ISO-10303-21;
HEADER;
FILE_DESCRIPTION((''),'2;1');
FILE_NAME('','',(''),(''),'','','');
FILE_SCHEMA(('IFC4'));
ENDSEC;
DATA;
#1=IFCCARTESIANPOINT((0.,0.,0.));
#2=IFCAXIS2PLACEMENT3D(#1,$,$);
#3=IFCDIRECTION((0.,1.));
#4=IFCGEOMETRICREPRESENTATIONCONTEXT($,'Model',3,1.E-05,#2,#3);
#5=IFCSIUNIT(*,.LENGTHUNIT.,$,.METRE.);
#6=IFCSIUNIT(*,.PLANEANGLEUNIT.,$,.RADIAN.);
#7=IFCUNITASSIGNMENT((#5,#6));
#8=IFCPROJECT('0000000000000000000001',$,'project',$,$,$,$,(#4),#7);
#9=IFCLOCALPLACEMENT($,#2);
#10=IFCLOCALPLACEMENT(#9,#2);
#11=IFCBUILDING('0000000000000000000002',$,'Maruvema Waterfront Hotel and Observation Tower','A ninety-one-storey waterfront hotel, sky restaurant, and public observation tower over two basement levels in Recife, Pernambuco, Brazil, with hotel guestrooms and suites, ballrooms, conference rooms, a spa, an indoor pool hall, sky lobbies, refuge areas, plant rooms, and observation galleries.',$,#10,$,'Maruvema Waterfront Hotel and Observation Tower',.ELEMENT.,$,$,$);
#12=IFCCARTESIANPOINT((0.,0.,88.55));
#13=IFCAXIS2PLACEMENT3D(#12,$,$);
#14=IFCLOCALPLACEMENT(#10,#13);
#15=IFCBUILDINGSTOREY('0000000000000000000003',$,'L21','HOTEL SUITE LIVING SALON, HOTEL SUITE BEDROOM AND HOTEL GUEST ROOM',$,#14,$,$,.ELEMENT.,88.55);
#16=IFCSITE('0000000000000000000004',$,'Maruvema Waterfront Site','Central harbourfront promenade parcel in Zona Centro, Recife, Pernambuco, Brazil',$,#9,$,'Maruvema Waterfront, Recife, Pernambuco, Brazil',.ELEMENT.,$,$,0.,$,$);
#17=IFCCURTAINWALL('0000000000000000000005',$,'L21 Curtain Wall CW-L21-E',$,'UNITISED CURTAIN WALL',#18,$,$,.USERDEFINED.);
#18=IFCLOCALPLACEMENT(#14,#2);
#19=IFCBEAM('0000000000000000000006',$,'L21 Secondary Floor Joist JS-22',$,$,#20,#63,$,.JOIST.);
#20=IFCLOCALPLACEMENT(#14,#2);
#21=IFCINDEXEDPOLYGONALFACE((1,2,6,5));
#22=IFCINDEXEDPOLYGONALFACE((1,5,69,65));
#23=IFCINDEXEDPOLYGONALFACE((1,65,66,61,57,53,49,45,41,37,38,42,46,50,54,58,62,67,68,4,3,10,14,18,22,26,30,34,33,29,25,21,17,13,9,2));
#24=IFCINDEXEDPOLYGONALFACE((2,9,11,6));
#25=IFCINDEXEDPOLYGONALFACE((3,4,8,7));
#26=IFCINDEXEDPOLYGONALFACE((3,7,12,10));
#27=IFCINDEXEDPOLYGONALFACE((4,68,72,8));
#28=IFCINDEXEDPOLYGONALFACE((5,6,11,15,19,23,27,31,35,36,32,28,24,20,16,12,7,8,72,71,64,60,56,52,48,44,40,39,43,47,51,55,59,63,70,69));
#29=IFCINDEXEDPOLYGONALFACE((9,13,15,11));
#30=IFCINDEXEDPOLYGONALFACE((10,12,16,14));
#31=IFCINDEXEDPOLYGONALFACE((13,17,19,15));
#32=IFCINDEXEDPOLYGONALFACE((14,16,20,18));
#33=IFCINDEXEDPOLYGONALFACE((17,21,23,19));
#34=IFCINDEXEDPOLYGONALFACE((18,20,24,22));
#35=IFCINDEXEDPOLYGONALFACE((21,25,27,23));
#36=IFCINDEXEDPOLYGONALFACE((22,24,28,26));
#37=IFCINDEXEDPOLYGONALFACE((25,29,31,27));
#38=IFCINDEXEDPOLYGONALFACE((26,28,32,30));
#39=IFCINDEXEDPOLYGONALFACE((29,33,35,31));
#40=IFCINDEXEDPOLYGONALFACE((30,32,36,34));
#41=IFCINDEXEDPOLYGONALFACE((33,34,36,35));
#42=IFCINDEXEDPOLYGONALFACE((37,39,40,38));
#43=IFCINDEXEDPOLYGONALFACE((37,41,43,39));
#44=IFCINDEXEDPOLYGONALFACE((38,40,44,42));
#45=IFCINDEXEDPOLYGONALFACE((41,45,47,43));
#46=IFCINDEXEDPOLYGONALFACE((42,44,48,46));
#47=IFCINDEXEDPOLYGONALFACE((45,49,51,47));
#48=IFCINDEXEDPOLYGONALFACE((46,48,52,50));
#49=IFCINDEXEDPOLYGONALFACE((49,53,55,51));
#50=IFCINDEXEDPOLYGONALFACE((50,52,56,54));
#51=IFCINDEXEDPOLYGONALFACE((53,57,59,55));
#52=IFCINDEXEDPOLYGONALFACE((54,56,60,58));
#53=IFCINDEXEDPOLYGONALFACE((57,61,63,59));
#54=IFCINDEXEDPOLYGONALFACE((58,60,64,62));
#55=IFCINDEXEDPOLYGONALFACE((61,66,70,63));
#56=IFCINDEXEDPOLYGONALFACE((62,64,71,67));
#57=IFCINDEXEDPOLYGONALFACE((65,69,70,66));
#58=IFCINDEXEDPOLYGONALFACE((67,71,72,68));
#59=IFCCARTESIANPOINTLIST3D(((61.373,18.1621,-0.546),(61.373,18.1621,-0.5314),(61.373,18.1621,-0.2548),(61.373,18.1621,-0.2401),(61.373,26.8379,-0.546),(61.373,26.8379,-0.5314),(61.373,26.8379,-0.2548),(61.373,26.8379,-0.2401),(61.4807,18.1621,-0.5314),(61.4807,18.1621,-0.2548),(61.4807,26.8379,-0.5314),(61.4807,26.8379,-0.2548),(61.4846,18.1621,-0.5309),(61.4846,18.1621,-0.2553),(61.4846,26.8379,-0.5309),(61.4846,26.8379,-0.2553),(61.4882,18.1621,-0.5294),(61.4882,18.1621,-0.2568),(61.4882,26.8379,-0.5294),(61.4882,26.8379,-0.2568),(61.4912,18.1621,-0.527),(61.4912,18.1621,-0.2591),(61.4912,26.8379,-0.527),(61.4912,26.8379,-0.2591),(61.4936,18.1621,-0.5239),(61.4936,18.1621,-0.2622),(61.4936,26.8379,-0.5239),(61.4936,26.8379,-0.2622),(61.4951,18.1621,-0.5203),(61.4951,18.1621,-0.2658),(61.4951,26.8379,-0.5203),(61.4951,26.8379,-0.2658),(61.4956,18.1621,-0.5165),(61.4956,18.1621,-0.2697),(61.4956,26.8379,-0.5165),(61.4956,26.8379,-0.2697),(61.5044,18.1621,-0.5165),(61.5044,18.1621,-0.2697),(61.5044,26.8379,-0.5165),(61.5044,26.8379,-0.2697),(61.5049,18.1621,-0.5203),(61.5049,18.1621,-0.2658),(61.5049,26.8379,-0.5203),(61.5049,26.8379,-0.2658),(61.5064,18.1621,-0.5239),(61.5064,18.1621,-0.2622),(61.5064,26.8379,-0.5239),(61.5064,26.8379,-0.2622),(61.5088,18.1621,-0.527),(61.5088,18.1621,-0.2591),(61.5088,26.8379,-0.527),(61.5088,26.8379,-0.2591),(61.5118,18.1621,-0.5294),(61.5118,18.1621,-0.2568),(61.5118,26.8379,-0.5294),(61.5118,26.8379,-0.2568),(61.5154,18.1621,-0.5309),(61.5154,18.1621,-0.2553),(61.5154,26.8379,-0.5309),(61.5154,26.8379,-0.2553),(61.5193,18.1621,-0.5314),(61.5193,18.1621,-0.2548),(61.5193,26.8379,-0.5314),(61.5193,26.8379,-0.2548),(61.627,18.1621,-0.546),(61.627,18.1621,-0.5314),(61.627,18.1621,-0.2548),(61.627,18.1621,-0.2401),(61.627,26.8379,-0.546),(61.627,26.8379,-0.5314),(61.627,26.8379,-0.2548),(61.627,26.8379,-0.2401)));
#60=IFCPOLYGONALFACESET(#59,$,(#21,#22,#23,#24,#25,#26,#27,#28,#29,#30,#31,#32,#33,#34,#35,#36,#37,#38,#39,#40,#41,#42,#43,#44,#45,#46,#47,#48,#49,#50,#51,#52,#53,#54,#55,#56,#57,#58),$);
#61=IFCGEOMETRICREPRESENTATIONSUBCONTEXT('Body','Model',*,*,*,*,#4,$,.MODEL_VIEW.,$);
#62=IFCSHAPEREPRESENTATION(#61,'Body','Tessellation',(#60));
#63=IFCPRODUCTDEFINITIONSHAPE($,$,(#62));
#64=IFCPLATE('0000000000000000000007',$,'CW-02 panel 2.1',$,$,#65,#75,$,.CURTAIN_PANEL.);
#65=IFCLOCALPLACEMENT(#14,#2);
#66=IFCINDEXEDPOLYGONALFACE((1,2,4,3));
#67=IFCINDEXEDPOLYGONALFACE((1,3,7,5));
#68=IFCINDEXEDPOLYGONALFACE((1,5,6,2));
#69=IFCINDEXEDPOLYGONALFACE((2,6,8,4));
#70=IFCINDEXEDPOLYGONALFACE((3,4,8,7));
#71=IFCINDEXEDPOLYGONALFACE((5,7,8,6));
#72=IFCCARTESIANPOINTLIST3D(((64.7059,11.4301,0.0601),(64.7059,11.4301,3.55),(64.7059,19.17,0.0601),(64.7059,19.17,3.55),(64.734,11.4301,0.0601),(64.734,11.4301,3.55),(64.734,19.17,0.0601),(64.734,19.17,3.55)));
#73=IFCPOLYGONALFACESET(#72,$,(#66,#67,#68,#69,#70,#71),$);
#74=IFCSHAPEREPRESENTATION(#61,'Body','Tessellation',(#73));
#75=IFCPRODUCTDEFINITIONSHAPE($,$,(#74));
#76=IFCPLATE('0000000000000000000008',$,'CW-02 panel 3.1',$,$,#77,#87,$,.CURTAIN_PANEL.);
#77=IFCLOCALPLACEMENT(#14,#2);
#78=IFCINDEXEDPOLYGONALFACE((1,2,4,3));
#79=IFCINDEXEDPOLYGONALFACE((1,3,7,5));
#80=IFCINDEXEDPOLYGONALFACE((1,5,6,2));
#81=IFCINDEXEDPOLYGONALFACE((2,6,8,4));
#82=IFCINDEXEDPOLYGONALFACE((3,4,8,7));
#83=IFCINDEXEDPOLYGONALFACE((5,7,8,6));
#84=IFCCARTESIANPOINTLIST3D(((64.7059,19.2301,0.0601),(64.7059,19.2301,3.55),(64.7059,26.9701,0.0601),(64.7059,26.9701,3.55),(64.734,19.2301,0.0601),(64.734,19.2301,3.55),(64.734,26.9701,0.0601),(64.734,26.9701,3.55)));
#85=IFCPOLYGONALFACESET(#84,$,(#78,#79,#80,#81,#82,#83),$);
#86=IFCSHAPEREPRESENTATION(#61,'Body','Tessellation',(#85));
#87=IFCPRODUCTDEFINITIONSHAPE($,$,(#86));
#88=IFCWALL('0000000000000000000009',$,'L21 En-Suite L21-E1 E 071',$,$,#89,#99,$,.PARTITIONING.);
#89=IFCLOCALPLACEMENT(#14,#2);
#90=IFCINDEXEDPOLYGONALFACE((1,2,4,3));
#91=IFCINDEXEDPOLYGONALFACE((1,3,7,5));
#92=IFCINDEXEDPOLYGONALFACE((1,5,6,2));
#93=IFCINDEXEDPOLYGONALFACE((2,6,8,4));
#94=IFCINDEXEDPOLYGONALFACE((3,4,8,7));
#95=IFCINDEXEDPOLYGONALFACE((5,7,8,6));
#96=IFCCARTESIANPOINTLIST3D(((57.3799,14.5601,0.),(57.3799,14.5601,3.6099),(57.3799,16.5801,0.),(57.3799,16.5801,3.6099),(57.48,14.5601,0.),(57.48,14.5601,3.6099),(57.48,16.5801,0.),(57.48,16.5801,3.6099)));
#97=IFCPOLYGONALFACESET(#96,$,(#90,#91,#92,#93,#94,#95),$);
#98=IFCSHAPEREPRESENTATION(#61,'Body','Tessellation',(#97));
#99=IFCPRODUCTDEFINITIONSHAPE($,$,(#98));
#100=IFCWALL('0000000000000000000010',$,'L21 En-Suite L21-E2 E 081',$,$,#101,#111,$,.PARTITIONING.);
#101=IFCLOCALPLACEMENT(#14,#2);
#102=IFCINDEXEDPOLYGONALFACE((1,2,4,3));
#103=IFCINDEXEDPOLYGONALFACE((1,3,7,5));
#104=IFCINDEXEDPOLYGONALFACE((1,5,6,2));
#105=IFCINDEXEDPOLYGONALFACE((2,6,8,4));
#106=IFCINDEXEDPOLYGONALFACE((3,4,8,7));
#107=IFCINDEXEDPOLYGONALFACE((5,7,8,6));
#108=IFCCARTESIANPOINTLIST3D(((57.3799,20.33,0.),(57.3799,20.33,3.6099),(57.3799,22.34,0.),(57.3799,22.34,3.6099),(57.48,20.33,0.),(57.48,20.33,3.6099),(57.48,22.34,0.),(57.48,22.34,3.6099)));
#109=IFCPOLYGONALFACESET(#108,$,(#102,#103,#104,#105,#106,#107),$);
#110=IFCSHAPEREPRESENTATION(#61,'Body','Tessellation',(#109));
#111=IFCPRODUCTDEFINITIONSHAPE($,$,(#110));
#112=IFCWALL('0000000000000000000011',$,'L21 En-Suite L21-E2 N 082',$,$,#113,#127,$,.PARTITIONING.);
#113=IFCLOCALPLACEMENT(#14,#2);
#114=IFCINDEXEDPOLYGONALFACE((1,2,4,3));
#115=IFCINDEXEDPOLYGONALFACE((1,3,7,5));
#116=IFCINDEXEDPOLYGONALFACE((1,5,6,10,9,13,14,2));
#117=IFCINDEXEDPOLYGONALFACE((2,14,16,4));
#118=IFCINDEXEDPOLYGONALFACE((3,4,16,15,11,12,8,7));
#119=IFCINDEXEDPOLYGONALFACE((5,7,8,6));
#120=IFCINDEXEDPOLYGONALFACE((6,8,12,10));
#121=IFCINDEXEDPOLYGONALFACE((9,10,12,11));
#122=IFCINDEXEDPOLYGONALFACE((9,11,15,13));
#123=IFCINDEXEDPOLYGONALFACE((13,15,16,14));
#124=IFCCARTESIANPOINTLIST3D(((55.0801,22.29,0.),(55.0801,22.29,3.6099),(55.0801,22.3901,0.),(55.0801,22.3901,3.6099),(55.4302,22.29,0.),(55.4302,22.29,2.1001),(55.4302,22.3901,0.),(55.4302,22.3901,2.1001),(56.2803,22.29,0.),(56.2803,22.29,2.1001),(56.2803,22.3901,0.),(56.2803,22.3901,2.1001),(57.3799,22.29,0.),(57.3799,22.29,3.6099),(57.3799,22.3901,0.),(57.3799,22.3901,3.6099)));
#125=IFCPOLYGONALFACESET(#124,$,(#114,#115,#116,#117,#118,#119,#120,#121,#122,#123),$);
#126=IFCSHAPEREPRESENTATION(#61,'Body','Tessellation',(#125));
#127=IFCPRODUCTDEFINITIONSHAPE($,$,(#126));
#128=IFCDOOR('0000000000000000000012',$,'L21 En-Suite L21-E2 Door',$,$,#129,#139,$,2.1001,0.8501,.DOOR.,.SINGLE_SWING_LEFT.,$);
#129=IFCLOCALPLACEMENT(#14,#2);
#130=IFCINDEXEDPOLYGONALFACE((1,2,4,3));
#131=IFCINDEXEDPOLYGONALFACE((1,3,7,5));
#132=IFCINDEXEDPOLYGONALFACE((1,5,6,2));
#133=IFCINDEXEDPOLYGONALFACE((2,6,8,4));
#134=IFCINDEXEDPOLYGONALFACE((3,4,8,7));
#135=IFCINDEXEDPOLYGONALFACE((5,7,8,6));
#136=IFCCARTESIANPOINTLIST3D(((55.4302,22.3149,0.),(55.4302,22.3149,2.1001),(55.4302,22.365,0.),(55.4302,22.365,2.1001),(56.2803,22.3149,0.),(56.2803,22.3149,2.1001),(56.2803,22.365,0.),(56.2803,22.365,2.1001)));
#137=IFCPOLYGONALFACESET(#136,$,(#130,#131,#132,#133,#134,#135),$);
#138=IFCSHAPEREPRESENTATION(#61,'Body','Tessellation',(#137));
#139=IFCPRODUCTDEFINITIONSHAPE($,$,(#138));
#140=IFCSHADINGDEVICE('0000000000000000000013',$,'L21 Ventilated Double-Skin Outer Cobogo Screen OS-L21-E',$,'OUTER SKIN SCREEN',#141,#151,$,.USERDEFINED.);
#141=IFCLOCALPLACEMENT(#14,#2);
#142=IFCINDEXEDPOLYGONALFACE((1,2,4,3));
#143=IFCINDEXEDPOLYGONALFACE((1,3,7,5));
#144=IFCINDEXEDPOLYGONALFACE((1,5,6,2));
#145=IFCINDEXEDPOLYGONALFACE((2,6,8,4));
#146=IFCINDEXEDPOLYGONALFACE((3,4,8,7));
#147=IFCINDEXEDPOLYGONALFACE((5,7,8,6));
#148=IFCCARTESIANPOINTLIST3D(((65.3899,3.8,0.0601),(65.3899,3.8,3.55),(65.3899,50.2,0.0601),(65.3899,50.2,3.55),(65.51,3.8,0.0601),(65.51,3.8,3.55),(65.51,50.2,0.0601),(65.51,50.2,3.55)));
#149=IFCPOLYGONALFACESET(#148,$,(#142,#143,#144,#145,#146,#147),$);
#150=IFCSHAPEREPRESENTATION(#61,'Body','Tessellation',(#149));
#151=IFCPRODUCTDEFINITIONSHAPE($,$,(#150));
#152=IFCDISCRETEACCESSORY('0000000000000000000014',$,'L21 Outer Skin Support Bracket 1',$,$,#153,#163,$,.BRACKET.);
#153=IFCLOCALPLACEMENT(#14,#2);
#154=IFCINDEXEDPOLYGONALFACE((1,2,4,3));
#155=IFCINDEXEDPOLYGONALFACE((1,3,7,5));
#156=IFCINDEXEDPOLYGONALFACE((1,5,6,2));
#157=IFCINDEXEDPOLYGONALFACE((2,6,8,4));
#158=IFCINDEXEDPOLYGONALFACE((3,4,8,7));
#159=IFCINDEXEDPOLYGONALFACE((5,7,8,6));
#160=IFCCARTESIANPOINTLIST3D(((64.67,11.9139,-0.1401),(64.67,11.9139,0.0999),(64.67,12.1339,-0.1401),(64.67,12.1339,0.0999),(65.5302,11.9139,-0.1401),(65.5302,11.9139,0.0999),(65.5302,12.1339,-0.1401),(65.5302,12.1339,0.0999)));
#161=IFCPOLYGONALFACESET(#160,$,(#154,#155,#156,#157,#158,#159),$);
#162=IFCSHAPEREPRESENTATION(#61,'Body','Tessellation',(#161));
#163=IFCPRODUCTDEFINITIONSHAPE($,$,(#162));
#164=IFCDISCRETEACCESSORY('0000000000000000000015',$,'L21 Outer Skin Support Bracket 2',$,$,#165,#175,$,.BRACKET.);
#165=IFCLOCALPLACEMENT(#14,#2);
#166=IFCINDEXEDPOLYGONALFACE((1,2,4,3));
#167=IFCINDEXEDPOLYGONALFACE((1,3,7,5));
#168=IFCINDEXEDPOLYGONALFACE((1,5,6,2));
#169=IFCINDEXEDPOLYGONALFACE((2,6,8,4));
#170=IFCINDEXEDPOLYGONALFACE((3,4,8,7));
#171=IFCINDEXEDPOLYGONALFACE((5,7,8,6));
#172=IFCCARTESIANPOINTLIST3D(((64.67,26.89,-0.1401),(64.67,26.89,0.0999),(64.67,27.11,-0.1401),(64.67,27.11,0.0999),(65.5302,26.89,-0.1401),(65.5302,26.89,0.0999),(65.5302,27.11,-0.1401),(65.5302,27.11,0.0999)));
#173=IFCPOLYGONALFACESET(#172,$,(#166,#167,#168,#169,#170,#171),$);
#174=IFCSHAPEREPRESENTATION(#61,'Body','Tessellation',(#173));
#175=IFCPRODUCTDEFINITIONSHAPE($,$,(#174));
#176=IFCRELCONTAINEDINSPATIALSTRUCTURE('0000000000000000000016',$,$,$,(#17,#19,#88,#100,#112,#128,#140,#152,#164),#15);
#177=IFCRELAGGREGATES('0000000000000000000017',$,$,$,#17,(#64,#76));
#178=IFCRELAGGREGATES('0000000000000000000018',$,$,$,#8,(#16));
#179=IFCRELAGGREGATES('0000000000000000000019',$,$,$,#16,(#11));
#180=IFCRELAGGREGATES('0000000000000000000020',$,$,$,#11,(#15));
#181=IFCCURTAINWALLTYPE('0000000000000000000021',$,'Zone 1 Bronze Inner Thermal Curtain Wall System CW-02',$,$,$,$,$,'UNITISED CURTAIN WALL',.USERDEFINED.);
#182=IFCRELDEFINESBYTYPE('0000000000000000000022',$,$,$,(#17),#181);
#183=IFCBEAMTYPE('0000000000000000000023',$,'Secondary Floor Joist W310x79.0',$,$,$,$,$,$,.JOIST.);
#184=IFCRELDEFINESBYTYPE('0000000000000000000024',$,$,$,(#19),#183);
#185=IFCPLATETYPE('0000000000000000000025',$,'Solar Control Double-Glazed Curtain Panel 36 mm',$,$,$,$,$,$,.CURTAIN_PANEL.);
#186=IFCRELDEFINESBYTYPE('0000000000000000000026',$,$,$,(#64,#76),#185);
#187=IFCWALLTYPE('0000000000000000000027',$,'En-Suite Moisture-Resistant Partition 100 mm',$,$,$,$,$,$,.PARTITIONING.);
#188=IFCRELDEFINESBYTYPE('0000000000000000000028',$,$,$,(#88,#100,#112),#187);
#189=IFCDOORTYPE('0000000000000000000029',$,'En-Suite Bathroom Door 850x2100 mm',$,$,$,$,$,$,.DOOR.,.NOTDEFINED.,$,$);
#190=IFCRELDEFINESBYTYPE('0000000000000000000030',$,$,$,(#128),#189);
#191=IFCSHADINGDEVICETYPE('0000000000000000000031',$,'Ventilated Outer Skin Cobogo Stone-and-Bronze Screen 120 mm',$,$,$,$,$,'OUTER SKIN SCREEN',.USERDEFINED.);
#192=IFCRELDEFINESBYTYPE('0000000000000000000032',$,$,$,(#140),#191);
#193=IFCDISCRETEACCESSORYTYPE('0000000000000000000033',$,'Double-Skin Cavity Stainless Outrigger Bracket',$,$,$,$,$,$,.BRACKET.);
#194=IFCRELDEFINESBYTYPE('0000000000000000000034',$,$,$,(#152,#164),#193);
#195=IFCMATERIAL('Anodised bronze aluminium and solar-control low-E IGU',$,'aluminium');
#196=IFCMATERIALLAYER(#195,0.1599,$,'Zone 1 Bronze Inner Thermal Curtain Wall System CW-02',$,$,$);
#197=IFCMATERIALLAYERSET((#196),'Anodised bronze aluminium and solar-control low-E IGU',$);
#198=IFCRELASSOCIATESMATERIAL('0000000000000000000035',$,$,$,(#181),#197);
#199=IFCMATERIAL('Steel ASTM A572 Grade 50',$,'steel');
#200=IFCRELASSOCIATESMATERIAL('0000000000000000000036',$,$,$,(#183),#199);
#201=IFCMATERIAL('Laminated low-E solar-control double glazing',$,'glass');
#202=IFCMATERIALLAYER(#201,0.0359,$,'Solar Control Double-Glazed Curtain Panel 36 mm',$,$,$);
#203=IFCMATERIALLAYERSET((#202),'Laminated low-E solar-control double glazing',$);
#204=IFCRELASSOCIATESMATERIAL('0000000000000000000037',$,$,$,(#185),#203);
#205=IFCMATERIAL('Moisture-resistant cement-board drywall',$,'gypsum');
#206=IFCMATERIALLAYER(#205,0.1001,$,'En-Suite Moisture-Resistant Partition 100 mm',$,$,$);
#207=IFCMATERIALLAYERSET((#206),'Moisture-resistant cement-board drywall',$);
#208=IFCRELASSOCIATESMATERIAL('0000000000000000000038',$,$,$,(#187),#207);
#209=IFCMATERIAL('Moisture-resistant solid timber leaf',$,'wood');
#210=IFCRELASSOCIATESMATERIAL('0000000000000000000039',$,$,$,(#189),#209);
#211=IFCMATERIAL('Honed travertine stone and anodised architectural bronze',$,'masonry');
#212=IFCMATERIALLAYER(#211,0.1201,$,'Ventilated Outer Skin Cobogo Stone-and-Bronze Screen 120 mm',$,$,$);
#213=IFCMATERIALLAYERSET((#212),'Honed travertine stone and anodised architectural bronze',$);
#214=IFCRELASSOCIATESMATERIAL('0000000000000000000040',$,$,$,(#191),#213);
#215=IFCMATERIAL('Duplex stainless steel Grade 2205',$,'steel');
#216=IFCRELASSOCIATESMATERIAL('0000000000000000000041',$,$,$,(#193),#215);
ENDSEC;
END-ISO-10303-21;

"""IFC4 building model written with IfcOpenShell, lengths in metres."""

from ifc_helpers import new_model, si_unit, direction, frame, frame_2d, origin, origin_2d, place, context, subcontext, project, spatial, rectangle, i_section, extrude, material, layer, layer_set, material_profile, profile_set, type_object, element, fill, aggregate, save


model = new_model("IFC4")

# Units and contexts
model_context = context("Model", 3, precision=1e-05, world=origin(), true_north=direction((0.0, 1.0)))
body_context = subcontext(model_context, "Body", "Model", "MODEL_VIEW")
ifc_project = project(units=[si_unit("LENGTHUNIT", "METRE"), si_unit("PLANEANGLEUNIT", "RADIAN")], contexts=[model_context])

# Site, building, storey
site_placement = place(None, origin())
site = spatial("IfcSite", under=ifc_project, at=site_placement, Name="Maruvema Waterfront Site", Description="Central harbourfront promenade parcel in Zona Centro, Recife, Pernambuco, Brazil", LongName="Maruvema Waterfront, Recife, Pernambuco, Brazil", CompositionType="ELEMENT", RefElevation=0.0)
building_placement = place(site_placement, origin())
building = spatial("IfcBuilding", under=site, at=building_placement, Name="Maruvema Waterfront Hotel and Observation Tower", Description="A ninety-one-storey waterfront hotel, sky restaurant, and public observation tower over two basement levels in Recife, Pernambuco, Brazil, with hotel guestrooms and suites, ballrooms, conference rooms, a spa, an indoor pool hall, sky lobbies, refuge areas, plant rooms, and observation galleries.", LongName="Maruvema Waterfront Hotel and Observation Tower", CompositionType="ELEMENT")
storey_placement = place(building_placement, frame((0.0, 0.0, 88.55)))
storey = spatial("IfcBuildingStorey", under=building, at=storey_placement, Name="L21", Description="HOTEL SUITE LIVING SALON, HOTEL SUITE BEDROOM AND HOTEL GUEST ROOM", CompositionType="ELEMENT", Elevation=88.55)

# Curtain wall
ifc_material_1 = material(Name="Anodised bronze aluminium and solar-control low-E IGU", Category="aluminium")
ifc_layer_1 = layer(ifc_material_1, 0.1599, Name="Zone 1 Bronze Inner Thermal Curtain Wall System CW-02")
ifc_layer_set_1 = layer_set([ifc_layer_1], Name="Anodised bronze aluminium and solar-control low-E IGU")
curtain_wall_type = type_object("IfcCurtainWallType", Name="Zone 1 Bronze Inner Thermal Curtain Wall System CW-02", ElementType="UNITISED CURTAIN WALL", PredefinedType="USERDEFINED", material=ifc_layer_set_1)
curtain_wall_placement = place(storey_placement, origin())
curtain_wall = element("IfcCurtainWall", 1, at=curtain_wall_placement, inside=storey, type_object=curtain_wall_type, Name="L21 Curtain Wall CW-L21-E", ObjectType="UNITISED CURTAIN WALL", PredefinedType="USERDEFINED")

# Beam
ifc_material_2 = material(Name="Steel ASTM A572 Grade 50", Category="steel")
ifc_material_profile_1 = material_profile(ifc_material_2, i_section(OverallWidth=0.2539, OverallDepth=0.3059, WebThickness=0.0088, FlangeThickness=0.0146, FilletRadius=0.0149, at=origin_2d()), Name="W310x79.0")
ifc_profile_set_1 = profile_set([ifc_material_profile_1], Name="Steel ASTM A572 Grade 50")
beam_type_1 = type_object("IfcBeamType", Name="Secondary Floor Joist W310x79.0", PredefinedType="JOIST", material=ifc_profile_set_1)
beam_1_placement = place(storey_placement, frame((61.5, 18.1621, -0.3931), z_axis=(0.0, 1.0, 0.0), x_axis=(-1.0, 0.0, 0.0)))
element("IfcBeam", 2, at=beam_1_placement, inside=storey, type_object=beam_type_1, Name="L21 Secondary Floor Joist JS-22", PredefinedType="JOIST", context=body_context, shape_type="SweptSolid", body=[
    extrude(i_section(OverallWidth=0.2539, OverallDepth=0.3059, WebThickness=0.0088, FlangeThickness=0.0146, FilletRadius=0.0149, at=origin_2d()), origin(), (0.0, 0.0, 1.0), 8.6758),
])

# Plates
ifc_material_3 = material(Name="Laminated low-E solar-control double glazing", Category="glass")
ifc_layer_2 = layer(ifc_material_3, 0.0359, Name="Solar Control Double-Glazed Curtain Panel 36 mm")
ifc_layer_set_2 = layer_set([ifc_layer_2], Name="Laminated low-E solar-control double glazing")
plate_type = type_object("IfcPlateType", Name="Solar Control Double-Glazed Curtain Panel 36 mm", PredefinedType="CURTAIN_PANEL", material=ifc_layer_set_2)
plate_1_placement = place(storey_placement, frame((64.72, 15.3, 0.0601), z_axis=(0.0, 0.0, 1.0), x_axis=(0.0, 1.0, 0.0)))
plate_1 = element("IfcPlate", 3, at=plate_1_placement, type_object=plate_type, Name="CW-02 panel 2.1", PredefinedType="CURTAIN_PANEL", context=body_context, shape_type="SweptSolid", body=[
    extrude(rectangle(XDim=7.74, YDim=0.0281, at=origin_2d()), origin(), (0.0, 0.0, 1.0), 3.49),
])
plate_2_placement = place(storey_placement, frame((64.72, 23.1001, 0.0601), z_axis=(0.0, 0.0, 1.0), x_axis=(0.0, 1.0, 0.0)))
plate_2 = element("IfcPlate", 4, at=plate_2_placement, type_object=plate_type, Name="CW-02 panel 3.1", PredefinedType="CURTAIN_PANEL", context=body_context, shape_type="SweptSolid", body=[
    extrude(rectangle(XDim=7.74, YDim=0.0281, at=origin_2d()), origin(), (0.0, 0.0, 1.0), 3.49),
])
aggregate(curtain_wall, [plate_1, plate_2])

# Walls
ifc_material_4 = material(Name="Moisture-resistant cement-board drywall", Category="gypsum")
ifc_layer_3 = layer(ifc_material_4, 0.1001, Name="En-Suite Moisture-Resistant Partition 100 mm")
ifc_layer_set_3 = layer_set([ifc_layer_3], Name="Moisture-resistant cement-board drywall")
wall_type = type_object("IfcWallType", Name="En-Suite Moisture-Resistant Partition 100 mm", PredefinedType="PARTITIONING", material=ifc_layer_set_3)
wall_1_placement = place(storey_placement, frame((57.4299, 14.5601, 0.0), z_axis=(0.0, 0.0, 1.0), x_axis=(0.0, 1.0, 0.0)))
element("IfcWall", 5, at=wall_1_placement, inside=storey, type_object=wall_type, Name="L21 En-Suite L21-E1 E 071", PredefinedType="PARTITIONING", context=body_context, shape_type="SweptSolid", body=[
    extrude(rectangle(XDim=2.02, YDim=0.1001, at=frame_2d((1.01, 0.0))), origin(), (0.0, 0.0, 1.0), 3.6099),
])
wall_2_placement = place(storey_placement, frame((57.4299, 20.3301, 0.0), z_axis=(0.0, 0.0, 1.0), x_axis=(0.0, 1.0, 0.0)))
element("IfcWall", 6, at=wall_2_placement, inside=storey, type_object=wall_type, Name="L21 En-Suite L21-E2 E 081", PredefinedType="PARTITIONING", context=body_context, shape_type="SweptSolid", body=[
    extrude(rectangle(XDim=2.01, YDim=0.1001, at=frame_2d((1.0049, 0.0))), origin(), (0.0, 0.0, 1.0), 3.6099),
])

# Wall, opening, door
wall_3_placement = place(storey_placement, frame((55.0801, 22.3401, 0.0), z_axis=(0.0, 0.0, 1.0), x_axis=(1.0, 0.0, 0.0)))
wall_3 = element("IfcWall", 7, at=wall_3_placement, inside=storey, type_object=wall_type, Name="L21 En-Suite L21-E2 N 082", PredefinedType="PARTITIONING", context=body_context, shape_type="SweptSolid", body=[
    extrude(rectangle(XDim=2.2998, YDim=0.1001, at=frame_2d((1.1499, 0.0))), origin(), (0.0, 0.0, 1.0), 3.6099),
])
opening_placement = place(wall_3_placement, frame((0.3501, 0.0, 0.0)))
opening = element("IfcOpeningElement", 8, at=opening_placement, cuts=wall_3, PredefinedType="OPENING", context=body_context, shape_type="SweptSolid", body=[
    extrude(rectangle(XDim=0.8501, YDim=2.1001, at=frame_2d((0.425, 1.05))), frame((0.0, 0.0601, 0.0), z_axis=(0.0, -1.0, 0.0), x_axis=(1.0, 0.0, 0.0)), (0.0, 0.0, 1.0), 0.1201),
])
ifc_material_5 = material(Name="Moisture-resistant solid timber leaf", Category="wood")
door_type = type_object("IfcDoorType", Name="En-Suite Bathroom Door 850x2100 mm", OperationType="NOTDEFINED", PredefinedType="DOOR", material=ifc_material_5)
door_placement = place(opening_placement, origin())
door = element("IfcDoor", 9, at=door_placement, inside=storey, type_object=door_type, Name="L21 En-Suite L21-E2 Door", OperationType="SINGLE_SWING_LEFT", OverallHeight=2.1001, OverallWidth=0.8501, PredefinedType="DOOR", context=body_context, shape_type="SweptSolid", body=[
    extrude(rectangle(XDim=0.8501, YDim=2.1001, at=frame_2d((0.425, 1.05))), frame((0.0, 0.0249, 0.0), z_axis=(0.0, -1.0, 0.0), x_axis=(1.0, 0.0, 0.0)), (0.0, 0.0, 1.0), 0.05),
])
fill(opening, door)

# Shading device
ifc_material_6 = material(Name="Honed travertine stone and anodised architectural bronze", Category="masonry")
ifc_layer_4 = layer(ifc_material_6, 0.1201, Name="Ventilated Outer Skin Cobogo Stone-and-Bronze Screen 120 mm")
ifc_layer_set_4 = layer_set([ifc_layer_4], Name="Honed travertine stone and anodised architectural bronze")
shading_device_type = type_object("IfcShadingDeviceType", Name="Ventilated Outer Skin Cobogo Stone-and-Bronze Screen 120 mm", ElementType="OUTER SKIN SCREEN", PredefinedType="USERDEFINED", material=ifc_layer_set_4)
shading_device_placement = place(storey_placement, frame((65.45, 27.0, 0.0601), z_axis=(0.0, 0.0, 1.0), x_axis=(0.0, 1.0, 0.0)))
element("IfcShadingDevice", 10, at=shading_device_placement, inside=storey, type_object=shading_device_type, Name="L21 Ventilated Double-Skin Outer Cobogo Screen OS-L21-E", ObjectType="OUTER SKIN SCREEN", PredefinedType="USERDEFINED", context=body_context, shape_type="SweptSolid", body=[
    extrude(rectangle(XDim=46.3999, YDim=0.1201, at=origin_2d()), origin(), (0.0, 0.0, 1.0), 3.49),
])

# Discrete accessories
ifc_material_7 = material(Name="Duplex stainless steel Grade 2205", Category="steel")
discrete_accessory_type = type_object("IfcDiscreteAccessoryType", Name="Double-Skin Cavity Stainless Outrigger Bracket", PredefinedType="BRACKET", material=ifc_material_7)
for number, where, z_axis, x_axis, name in (
    (11, (65.1001, 12.0239, -0.1401), (0.0, 0.0, 1.0), (0.0, 1.0, 0.0), "L21 Outer Skin Support Bracket 1"),
    (12, (65.1001, 27.0, -0.1401), (0.0, 0.0, 1.0), (0.0, 1.0, 0.0), "L21 Outer Skin Support Bracket 2"),
):
    element("IfcDiscreteAccessory", number, at=place(storey_placement, frame(where, z_axis=z_axis, x_axis=x_axis)), inside=storey, type_object=discrete_accessory_type, Name=name, PredefinedType="BRACKET", context=body_context, shape_type="SweptSolid", body=[
        extrude(rectangle(XDim=0.22, YDim=0.8601, at=origin_2d()), origin(), (0.0, 0.0, 1.0), 0.24),
    ])

save(model, "model.ifc")
